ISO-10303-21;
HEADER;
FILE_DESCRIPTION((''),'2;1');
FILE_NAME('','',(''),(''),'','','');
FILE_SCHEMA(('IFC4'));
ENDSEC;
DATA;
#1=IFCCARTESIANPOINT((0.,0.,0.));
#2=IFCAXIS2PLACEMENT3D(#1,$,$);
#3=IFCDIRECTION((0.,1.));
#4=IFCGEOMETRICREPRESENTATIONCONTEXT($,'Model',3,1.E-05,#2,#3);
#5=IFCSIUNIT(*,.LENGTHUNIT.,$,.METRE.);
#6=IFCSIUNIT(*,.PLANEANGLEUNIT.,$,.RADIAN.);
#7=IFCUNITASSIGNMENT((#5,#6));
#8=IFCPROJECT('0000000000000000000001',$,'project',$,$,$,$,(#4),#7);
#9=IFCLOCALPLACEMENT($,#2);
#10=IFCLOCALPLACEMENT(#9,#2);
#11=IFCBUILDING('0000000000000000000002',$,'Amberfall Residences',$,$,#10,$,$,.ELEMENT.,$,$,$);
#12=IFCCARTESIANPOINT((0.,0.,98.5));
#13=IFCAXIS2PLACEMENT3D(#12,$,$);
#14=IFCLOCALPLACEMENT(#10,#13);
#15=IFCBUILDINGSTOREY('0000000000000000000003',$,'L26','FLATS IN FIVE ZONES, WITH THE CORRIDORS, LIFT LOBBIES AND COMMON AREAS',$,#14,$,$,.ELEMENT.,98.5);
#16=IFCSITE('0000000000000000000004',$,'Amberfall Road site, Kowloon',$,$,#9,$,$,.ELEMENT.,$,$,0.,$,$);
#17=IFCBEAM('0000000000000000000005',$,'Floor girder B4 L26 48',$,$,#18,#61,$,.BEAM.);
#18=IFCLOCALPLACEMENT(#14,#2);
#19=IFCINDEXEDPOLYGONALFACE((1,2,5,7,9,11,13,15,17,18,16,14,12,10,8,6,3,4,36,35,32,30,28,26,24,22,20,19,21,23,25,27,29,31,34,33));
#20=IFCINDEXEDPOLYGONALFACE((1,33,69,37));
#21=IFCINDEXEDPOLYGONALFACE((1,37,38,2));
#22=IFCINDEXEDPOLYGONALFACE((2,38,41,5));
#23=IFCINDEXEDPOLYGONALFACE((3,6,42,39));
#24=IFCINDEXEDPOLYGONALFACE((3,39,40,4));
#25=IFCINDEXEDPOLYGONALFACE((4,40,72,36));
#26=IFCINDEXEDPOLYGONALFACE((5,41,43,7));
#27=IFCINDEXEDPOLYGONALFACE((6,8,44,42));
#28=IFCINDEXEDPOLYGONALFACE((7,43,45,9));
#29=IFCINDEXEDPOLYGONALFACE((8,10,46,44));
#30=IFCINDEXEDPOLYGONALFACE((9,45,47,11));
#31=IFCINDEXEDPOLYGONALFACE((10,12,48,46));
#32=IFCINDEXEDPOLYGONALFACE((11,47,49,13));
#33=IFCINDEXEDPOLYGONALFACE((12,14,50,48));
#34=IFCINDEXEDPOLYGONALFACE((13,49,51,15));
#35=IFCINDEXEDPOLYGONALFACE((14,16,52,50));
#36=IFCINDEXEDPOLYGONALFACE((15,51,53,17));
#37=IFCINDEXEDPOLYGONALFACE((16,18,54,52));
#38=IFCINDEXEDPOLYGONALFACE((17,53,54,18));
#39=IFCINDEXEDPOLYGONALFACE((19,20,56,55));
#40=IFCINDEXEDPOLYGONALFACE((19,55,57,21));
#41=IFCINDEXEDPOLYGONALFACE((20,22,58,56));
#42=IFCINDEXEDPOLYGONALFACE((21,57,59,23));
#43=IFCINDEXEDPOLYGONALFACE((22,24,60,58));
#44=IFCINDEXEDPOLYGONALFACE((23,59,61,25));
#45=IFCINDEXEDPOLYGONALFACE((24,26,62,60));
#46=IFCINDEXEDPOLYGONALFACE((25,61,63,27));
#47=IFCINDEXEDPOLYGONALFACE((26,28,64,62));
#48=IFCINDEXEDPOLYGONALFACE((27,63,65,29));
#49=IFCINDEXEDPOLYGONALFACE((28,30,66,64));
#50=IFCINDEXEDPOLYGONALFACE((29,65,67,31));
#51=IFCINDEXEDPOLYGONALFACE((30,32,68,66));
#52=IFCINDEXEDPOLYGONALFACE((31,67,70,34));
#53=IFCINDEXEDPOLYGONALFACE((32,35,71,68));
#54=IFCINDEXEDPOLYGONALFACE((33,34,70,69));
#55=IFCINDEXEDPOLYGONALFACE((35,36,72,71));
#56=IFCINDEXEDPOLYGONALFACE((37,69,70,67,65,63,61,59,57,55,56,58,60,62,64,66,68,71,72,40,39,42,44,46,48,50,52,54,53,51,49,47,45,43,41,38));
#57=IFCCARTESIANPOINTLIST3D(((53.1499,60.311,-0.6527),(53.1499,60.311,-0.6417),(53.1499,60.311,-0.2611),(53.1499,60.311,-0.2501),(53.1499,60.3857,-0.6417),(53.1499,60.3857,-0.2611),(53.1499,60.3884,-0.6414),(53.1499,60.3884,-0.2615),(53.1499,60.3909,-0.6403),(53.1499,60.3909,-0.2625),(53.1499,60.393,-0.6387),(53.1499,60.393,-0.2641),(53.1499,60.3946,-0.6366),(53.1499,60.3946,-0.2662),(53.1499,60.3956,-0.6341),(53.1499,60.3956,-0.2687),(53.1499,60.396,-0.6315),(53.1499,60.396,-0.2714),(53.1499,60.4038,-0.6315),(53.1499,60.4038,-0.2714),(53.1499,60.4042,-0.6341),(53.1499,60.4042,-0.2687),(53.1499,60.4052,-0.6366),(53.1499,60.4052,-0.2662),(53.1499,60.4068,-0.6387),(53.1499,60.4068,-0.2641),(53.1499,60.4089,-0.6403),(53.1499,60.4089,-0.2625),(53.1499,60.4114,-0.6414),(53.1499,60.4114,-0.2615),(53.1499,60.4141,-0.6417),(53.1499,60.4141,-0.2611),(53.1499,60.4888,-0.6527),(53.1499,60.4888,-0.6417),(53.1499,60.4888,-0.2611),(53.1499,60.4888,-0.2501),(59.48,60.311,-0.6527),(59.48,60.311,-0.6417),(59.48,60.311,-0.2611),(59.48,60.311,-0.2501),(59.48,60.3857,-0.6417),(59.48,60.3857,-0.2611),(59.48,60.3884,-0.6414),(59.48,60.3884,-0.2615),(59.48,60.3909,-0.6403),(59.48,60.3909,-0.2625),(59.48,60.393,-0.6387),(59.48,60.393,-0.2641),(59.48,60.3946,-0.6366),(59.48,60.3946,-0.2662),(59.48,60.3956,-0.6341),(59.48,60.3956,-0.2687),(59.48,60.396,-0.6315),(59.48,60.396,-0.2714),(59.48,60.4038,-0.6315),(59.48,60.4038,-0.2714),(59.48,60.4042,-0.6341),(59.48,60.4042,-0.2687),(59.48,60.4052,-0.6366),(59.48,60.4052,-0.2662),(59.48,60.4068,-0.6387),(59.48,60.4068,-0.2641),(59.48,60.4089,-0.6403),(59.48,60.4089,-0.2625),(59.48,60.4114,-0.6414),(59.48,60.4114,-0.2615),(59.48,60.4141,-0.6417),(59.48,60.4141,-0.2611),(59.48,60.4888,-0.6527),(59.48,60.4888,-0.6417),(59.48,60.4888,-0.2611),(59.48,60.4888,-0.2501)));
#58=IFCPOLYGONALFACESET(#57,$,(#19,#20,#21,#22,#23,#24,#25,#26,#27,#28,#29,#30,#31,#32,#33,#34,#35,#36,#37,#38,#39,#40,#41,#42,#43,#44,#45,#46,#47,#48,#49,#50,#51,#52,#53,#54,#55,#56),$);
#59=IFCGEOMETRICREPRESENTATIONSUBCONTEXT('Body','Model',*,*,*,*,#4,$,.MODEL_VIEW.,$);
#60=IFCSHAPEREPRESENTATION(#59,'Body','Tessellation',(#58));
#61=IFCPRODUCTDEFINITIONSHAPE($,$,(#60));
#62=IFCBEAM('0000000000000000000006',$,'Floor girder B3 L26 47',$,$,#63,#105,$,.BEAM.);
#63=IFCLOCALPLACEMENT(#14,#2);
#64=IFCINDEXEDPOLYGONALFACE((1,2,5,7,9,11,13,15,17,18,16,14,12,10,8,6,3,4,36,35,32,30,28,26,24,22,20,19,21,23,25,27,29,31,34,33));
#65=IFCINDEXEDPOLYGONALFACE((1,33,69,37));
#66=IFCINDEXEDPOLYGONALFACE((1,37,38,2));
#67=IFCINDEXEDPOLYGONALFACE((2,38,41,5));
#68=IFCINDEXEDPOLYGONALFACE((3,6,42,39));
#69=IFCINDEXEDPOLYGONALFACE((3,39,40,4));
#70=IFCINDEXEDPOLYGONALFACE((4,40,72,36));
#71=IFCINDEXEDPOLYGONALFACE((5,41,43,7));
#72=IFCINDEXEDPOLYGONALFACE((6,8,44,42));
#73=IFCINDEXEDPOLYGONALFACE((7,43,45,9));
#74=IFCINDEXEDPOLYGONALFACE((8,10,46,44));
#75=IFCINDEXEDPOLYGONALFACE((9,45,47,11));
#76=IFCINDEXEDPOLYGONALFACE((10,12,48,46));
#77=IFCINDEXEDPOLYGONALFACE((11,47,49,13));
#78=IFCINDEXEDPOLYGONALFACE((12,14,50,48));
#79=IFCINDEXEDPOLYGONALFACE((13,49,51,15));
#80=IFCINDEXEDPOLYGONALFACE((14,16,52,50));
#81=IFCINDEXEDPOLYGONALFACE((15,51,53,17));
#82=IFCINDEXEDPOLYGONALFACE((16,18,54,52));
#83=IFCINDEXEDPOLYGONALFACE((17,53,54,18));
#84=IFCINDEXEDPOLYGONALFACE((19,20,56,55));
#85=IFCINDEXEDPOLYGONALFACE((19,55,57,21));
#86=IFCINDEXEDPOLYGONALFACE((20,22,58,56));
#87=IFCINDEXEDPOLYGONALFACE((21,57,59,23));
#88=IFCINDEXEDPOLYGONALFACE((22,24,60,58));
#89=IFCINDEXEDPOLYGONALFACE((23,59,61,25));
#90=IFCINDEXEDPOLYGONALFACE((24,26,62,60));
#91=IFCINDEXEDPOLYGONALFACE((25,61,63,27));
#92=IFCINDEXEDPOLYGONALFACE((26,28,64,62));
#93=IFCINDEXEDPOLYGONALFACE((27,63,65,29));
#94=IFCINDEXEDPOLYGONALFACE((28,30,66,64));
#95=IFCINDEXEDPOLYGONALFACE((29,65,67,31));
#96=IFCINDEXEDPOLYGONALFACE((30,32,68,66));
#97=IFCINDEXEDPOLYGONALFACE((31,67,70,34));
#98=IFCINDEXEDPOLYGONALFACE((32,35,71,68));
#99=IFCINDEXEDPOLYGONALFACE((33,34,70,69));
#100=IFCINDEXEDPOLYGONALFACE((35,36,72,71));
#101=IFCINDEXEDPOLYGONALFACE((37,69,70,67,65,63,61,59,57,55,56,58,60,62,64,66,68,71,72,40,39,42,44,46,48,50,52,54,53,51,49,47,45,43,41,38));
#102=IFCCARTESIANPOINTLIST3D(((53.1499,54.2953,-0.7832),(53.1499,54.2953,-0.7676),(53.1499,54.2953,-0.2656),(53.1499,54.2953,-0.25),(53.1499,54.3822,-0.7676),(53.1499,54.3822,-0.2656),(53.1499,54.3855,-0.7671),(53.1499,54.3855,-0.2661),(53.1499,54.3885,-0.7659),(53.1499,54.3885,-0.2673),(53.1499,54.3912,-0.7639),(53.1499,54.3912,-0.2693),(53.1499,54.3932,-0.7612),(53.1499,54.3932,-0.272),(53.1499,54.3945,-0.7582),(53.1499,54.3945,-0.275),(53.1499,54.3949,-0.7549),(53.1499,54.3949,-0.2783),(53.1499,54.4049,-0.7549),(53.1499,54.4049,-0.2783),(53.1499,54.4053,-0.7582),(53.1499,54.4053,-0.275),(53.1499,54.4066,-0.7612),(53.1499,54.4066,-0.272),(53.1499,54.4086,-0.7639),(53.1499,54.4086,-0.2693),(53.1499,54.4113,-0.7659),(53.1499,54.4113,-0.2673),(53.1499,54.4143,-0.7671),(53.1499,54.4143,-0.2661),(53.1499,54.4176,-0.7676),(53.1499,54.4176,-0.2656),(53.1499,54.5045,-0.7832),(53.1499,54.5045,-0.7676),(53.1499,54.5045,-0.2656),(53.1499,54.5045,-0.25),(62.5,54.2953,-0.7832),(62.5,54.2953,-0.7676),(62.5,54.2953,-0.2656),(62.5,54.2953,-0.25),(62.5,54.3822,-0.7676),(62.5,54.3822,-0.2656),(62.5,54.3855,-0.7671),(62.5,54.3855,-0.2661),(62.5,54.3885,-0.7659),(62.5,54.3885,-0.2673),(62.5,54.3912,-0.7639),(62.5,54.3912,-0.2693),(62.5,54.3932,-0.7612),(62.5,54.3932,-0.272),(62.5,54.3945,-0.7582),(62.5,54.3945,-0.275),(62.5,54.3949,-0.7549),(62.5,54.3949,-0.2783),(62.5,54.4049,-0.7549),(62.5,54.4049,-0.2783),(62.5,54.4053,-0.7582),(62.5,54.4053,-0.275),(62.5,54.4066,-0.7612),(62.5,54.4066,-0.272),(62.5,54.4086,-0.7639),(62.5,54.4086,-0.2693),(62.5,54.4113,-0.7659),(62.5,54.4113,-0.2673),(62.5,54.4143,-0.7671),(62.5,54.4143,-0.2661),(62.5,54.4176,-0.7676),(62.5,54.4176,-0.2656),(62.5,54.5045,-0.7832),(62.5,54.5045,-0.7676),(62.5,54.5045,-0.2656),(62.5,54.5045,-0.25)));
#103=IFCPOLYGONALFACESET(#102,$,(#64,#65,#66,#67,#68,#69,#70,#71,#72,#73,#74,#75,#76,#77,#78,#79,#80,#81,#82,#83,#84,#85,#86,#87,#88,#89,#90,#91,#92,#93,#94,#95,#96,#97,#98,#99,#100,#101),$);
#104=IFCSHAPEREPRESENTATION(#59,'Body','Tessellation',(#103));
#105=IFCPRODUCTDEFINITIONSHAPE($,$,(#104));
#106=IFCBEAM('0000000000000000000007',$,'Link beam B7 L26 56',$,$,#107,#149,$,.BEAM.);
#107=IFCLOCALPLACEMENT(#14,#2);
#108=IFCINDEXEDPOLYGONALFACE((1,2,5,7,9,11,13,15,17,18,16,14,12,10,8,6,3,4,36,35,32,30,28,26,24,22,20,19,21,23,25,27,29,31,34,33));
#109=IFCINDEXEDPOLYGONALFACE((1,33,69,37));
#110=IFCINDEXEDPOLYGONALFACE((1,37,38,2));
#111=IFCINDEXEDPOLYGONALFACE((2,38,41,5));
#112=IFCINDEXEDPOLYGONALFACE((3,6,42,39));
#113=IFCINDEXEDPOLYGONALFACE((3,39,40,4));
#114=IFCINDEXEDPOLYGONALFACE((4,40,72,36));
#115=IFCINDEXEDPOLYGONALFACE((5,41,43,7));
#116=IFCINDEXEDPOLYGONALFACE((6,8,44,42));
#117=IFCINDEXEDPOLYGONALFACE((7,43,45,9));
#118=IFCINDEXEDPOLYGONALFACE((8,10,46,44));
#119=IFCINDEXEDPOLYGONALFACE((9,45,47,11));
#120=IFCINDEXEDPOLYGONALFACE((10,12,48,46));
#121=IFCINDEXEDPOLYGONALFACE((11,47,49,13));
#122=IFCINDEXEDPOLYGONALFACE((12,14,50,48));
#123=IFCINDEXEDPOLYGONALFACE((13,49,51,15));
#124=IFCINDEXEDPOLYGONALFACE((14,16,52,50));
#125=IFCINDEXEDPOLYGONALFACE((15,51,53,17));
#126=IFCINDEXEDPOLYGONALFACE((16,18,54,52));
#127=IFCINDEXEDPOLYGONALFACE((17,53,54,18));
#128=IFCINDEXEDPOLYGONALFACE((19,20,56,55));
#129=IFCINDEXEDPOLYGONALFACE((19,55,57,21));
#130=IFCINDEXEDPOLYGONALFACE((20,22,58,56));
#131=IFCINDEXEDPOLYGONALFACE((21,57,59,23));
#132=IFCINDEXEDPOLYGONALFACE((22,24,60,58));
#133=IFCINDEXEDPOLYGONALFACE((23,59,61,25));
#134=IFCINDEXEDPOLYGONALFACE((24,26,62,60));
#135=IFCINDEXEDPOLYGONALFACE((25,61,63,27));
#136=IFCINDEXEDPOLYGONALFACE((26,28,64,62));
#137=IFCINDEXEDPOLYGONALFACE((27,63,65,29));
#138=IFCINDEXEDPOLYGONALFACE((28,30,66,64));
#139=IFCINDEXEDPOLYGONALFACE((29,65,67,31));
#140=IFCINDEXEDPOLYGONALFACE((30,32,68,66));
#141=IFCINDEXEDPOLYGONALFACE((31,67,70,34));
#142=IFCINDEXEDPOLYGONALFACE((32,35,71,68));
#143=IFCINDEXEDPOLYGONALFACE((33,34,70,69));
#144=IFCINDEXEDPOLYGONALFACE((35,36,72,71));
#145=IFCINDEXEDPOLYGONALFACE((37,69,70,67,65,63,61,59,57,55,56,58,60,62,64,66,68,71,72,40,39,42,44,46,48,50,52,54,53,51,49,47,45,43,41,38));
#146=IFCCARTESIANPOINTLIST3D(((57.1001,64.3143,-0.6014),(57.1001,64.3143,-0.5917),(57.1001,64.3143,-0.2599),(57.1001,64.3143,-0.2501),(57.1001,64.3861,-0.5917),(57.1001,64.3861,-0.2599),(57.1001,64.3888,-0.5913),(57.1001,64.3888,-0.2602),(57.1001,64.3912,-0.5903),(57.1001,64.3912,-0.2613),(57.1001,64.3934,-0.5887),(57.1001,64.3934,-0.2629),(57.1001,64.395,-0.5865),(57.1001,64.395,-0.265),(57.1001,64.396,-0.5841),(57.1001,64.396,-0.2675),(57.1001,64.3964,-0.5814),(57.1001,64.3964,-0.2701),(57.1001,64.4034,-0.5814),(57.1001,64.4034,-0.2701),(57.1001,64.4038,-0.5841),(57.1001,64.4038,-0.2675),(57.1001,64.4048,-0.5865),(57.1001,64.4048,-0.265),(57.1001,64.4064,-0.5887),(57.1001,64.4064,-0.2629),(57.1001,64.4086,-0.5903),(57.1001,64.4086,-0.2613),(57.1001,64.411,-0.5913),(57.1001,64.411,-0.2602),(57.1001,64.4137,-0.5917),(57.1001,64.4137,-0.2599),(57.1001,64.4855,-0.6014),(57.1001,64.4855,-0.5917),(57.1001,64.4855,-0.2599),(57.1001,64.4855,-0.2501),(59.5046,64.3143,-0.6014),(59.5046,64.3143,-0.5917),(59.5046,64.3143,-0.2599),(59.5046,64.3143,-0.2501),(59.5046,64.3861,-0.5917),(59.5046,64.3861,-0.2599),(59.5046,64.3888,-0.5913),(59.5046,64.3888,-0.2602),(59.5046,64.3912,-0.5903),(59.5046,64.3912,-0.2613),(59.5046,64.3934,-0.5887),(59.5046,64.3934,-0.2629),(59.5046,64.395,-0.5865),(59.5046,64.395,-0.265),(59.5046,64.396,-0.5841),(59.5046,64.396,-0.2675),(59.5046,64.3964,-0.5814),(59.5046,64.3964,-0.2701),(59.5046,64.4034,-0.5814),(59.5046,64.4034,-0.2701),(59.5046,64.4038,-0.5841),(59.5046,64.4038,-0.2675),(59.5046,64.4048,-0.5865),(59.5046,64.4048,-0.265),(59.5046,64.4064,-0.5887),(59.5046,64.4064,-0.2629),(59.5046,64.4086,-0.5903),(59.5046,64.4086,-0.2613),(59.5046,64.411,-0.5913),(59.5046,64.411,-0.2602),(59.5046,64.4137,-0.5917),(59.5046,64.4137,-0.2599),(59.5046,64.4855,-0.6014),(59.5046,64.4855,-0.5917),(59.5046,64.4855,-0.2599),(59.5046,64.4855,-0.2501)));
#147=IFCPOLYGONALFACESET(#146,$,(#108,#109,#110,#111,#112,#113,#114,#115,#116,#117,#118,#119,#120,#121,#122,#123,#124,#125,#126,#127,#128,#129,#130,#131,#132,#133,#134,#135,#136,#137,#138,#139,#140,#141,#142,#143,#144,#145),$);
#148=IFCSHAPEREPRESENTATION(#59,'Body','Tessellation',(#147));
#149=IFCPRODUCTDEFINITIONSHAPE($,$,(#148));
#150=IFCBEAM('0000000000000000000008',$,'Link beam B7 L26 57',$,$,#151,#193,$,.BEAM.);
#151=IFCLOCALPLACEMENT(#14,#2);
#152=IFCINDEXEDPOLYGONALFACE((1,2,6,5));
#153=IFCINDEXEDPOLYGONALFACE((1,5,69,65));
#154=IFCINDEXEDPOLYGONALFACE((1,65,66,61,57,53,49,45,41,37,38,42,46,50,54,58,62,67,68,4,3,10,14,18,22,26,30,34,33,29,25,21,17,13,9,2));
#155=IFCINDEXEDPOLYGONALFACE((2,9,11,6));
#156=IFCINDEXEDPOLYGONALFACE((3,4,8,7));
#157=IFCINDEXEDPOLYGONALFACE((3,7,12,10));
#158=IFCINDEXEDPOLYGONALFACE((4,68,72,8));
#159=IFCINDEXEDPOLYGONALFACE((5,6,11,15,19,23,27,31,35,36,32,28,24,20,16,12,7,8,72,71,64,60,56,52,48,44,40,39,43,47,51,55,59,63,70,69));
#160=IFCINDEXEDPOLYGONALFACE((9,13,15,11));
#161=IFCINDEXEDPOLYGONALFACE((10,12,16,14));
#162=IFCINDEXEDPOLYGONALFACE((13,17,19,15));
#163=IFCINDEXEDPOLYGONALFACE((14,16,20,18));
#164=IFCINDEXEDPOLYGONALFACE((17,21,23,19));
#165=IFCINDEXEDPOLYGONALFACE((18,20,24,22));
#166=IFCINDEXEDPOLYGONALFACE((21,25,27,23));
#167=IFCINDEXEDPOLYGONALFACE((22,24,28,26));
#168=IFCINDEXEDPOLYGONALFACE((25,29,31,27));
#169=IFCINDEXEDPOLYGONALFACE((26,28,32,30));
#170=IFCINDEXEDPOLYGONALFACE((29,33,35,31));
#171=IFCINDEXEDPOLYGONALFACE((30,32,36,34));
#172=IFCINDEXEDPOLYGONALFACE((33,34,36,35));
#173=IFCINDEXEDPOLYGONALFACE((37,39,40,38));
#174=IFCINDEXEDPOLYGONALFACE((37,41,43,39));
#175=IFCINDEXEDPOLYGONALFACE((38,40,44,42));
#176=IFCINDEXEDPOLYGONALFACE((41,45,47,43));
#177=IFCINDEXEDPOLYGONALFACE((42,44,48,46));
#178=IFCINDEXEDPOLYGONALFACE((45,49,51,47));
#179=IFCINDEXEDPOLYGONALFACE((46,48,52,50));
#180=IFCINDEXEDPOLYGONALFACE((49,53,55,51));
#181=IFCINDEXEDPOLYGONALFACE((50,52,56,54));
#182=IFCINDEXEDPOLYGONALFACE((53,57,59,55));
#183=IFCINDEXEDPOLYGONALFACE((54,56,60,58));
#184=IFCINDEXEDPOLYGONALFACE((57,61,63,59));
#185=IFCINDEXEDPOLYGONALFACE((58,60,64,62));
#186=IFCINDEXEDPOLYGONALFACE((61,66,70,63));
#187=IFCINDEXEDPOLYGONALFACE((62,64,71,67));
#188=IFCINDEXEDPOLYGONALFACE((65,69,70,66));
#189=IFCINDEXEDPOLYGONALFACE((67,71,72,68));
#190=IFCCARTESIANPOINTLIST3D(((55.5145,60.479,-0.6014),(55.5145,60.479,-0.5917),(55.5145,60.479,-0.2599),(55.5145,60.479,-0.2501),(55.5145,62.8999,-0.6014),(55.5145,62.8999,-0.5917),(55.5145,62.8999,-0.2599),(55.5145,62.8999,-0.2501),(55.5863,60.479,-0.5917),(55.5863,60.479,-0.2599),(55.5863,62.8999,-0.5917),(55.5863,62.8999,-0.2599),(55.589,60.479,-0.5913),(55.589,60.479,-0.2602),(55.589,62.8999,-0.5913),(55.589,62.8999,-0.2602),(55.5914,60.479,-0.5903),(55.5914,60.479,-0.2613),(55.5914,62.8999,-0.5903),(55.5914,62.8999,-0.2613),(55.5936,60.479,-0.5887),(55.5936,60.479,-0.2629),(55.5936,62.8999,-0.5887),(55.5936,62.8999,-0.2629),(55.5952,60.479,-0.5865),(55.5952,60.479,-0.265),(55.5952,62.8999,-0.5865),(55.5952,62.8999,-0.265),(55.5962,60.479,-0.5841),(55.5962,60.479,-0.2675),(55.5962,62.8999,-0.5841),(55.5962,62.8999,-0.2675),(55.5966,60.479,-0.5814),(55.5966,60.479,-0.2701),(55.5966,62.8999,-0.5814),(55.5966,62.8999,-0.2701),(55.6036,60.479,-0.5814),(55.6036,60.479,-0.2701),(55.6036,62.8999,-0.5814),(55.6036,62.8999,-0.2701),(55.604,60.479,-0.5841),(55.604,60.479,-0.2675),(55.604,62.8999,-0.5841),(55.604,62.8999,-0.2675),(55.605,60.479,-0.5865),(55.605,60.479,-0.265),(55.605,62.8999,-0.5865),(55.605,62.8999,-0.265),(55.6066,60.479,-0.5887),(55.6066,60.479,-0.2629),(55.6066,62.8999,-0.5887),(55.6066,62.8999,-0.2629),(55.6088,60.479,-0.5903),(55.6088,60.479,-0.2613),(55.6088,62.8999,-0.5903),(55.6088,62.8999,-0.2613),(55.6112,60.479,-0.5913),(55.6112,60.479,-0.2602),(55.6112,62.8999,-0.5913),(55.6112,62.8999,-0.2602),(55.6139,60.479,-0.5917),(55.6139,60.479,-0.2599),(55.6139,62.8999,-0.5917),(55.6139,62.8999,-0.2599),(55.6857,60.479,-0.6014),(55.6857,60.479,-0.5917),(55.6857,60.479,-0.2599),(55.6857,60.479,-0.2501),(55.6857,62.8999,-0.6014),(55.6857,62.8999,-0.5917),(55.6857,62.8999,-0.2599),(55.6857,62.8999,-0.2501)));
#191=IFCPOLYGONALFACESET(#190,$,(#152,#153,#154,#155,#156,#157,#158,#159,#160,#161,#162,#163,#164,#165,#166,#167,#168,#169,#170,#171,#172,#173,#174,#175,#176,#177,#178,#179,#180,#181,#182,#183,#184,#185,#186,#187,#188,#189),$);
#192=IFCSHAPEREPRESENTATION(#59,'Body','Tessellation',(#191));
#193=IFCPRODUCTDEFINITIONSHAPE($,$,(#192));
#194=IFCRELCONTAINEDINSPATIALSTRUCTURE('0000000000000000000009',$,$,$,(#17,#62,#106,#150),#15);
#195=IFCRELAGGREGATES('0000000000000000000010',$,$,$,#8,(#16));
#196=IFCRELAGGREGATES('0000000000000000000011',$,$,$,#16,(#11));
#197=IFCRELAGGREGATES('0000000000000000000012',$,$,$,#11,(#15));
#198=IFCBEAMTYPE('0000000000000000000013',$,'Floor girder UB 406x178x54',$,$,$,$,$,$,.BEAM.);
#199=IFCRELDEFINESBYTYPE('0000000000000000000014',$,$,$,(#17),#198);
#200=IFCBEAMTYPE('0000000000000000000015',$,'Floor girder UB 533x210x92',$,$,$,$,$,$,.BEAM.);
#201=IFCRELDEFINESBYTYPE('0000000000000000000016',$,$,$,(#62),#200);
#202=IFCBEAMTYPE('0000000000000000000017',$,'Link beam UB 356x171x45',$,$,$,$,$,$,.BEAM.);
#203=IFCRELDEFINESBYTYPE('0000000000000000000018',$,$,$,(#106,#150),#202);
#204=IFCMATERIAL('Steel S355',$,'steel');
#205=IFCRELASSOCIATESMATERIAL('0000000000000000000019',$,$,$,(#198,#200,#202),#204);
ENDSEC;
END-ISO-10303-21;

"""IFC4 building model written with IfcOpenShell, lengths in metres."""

from ifc_helpers import new_model, si_unit, direction, frame, origin, origin_2d, place, context, subcontext, project, spatial, i_section, extrude, material, material_profile, profile_set, type_object, element, save


model = new_model("IFC4")

# Units and contexts
model_context = context("Model", 3, precision=1e-05, world=origin(), true_north=direction((0.0, 1.0)))
body_context = subcontext(model_context, "Body", "Model", "MODEL_VIEW")
ifc_project = project(units=[si_unit("LENGTHUNIT", "METRE"), si_unit("PLANEANGLEUNIT", "RADIAN")], contexts=[model_context])

# Site, building, storey
site_placement = place(None, origin())
site = spatial("IfcSite", under=ifc_project, at=site_placement, Name="Amberfall Road site, Kowloon", CompositionType="ELEMENT", RefElevation=0.0)
building_placement = place(site_placement, origin())
building = spatial("IfcBuilding", under=site, at=building_placement, Name="Amberfall Residences", CompositionType="ELEMENT")
storey_placement = place(building_placement, frame((0.0, 0.0, 98.5)))
storey = spatial("IfcBuildingStorey", under=building, at=storey_placement, Name="L26", Description="FLATS IN FIVE ZONES, WITH THE CORRIDORS, LIFT LOBBIES AND COMMON AREAS", CompositionType="ELEMENT", Elevation=98.5)

# Shared definitions
ifc_material_1 = material(Name="Steel S355", Category="steel")

# Beams
ifc_material_profile_1 = material_profile(ifc_material_1, i_section(OverallWidth=0.1777, OverallDepth=0.4026, WebThickness=0.0078, FlangeThickness=0.011, FilletRadius=0.0103, at=origin_2d()), Name="UB 406x178x54")
ifc_profile_set_1 = profile_set([ifc_material_profile_1], Name="Steel S355")
beam_type_1 = type_object("IfcBeamType", Name="Floor girder UB 406x178x54", PredefinedType="BEAM", material=ifc_profile_set_1)
beam_1_placement = place(storey_placement, frame((53.1499, 60.3999, -0.4514), z_axis=(1.0, 0.0, 0.0), x_axis=(0.0, 1.0, 0.0)))
element("IfcBeam", 1, at=beam_1_placement, inside=storey, type_object=beam_type_1, Name="Floor girder B4 L26 48", PredefinedType="BEAM", context=body_context, shape_type="SweptSolid", body=[
    extrude(i_section(OverallWidth=0.1777, OverallDepth=0.4026, WebThickness=0.0078, FlangeThickness=0.011, FilletRadius=0.0103, at=origin_2d()), origin(), (0.0, 0.0, 1.0), 6.3301),
])
ifc_material_profile_2 = material_profile(ifc_material_1, i_section(OverallWidth=0.2092, OverallDepth=0.5332, WebThickness=0.01, FlangeThickness=0.0156, FilletRadius=0.0127, at=origin_2d()), Name="UB 533x210x92")
ifc_profile_set_2 = profile_set([ifc_material_profile_2], Name="Steel S355")
beam_type_2 = type_object("IfcBeamType", Name="Floor girder UB 533x210x92", PredefinedType="BEAM", material=ifc_profile_set_2)
beam_2_placement = place(storey_placement, frame((53.1499, 54.3999, -0.5166), z_axis=(1.0, 0.0, 0.0), x_axis=(0.0, 1.0, 0.0)))
element("IfcBeam", 2, at=beam_2_placement, inside=storey, type_object=beam_type_2, Name="Floor girder B3 L26 47", PredefinedType="BEAM", context=body_context, shape_type="SweptSolid", body=[
    extrude(i_section(OverallWidth=0.2092, OverallDepth=0.5332, WebThickness=0.01, FlangeThickness=0.0156, FilletRadius=0.0127, at=origin_2d()), origin(), (0.0, 0.0, 1.0), 9.3501),
])
ifc_material_profile_3 = material_profile(ifc_material_1, i_section(OverallWidth=0.1711, OverallDepth=0.3513, WebThickness=0.0071, FlangeThickness=0.0098, FilletRadius=0.0103, at=origin_2d()), Name="UB 356x171x45")
ifc_profile_set_3 = profile_set([ifc_material_profile_3], Name="Steel S355")
beam_type_3 = type_object("IfcBeamType", Name="Link beam UB 356x171x45", PredefinedType="BEAM", material=ifc_profile_set_3)
beam_3_placement = place(storey_placement, frame((57.1001, 64.3999, -0.4258), z_axis=(1.0, 0.0, 0.0), x_axis=(0.0, 1.0, 0.0)))
element("IfcBeam", 3, at=beam_3_placement, inside=storey, type_object=beam_type_3, Name="Link beam B7 L26 56", PredefinedType="BEAM", context=body_context, shape_type="SweptSolid", body=[
    extrude(i_section(OverallWidth=0.1711, OverallDepth=0.3513, WebThickness=0.0071, FlangeThickness=0.0098, FilletRadius=0.0103, at=origin_2d()), origin(), (0.0, 0.0, 1.0), 2.4045),
])
beam_4_placement = place(storey_placement, frame((55.6001, 62.8999, -0.4258), z_axis=(0.0, -1.0, 0.0), x_axis=(1.0, 0.0, 0.0)))
element("IfcBeam", 4, at=beam_4_placement, inside=storey, type_object=beam_type_3, Name="Link beam B7 L26 57", PredefinedType="BEAM", context=body_context, shape_type="SweptSolid", body=[
    extrude(i_section(OverallWidth=0.1711, OverallDepth=0.3513, WebThickness=0.0071, FlangeThickness=0.0098, FilletRadius=0.0103, at=origin_2d()), origin(), (0.0, 0.0, 1.0), 2.4209),
])

save(model, "model.ifc")
